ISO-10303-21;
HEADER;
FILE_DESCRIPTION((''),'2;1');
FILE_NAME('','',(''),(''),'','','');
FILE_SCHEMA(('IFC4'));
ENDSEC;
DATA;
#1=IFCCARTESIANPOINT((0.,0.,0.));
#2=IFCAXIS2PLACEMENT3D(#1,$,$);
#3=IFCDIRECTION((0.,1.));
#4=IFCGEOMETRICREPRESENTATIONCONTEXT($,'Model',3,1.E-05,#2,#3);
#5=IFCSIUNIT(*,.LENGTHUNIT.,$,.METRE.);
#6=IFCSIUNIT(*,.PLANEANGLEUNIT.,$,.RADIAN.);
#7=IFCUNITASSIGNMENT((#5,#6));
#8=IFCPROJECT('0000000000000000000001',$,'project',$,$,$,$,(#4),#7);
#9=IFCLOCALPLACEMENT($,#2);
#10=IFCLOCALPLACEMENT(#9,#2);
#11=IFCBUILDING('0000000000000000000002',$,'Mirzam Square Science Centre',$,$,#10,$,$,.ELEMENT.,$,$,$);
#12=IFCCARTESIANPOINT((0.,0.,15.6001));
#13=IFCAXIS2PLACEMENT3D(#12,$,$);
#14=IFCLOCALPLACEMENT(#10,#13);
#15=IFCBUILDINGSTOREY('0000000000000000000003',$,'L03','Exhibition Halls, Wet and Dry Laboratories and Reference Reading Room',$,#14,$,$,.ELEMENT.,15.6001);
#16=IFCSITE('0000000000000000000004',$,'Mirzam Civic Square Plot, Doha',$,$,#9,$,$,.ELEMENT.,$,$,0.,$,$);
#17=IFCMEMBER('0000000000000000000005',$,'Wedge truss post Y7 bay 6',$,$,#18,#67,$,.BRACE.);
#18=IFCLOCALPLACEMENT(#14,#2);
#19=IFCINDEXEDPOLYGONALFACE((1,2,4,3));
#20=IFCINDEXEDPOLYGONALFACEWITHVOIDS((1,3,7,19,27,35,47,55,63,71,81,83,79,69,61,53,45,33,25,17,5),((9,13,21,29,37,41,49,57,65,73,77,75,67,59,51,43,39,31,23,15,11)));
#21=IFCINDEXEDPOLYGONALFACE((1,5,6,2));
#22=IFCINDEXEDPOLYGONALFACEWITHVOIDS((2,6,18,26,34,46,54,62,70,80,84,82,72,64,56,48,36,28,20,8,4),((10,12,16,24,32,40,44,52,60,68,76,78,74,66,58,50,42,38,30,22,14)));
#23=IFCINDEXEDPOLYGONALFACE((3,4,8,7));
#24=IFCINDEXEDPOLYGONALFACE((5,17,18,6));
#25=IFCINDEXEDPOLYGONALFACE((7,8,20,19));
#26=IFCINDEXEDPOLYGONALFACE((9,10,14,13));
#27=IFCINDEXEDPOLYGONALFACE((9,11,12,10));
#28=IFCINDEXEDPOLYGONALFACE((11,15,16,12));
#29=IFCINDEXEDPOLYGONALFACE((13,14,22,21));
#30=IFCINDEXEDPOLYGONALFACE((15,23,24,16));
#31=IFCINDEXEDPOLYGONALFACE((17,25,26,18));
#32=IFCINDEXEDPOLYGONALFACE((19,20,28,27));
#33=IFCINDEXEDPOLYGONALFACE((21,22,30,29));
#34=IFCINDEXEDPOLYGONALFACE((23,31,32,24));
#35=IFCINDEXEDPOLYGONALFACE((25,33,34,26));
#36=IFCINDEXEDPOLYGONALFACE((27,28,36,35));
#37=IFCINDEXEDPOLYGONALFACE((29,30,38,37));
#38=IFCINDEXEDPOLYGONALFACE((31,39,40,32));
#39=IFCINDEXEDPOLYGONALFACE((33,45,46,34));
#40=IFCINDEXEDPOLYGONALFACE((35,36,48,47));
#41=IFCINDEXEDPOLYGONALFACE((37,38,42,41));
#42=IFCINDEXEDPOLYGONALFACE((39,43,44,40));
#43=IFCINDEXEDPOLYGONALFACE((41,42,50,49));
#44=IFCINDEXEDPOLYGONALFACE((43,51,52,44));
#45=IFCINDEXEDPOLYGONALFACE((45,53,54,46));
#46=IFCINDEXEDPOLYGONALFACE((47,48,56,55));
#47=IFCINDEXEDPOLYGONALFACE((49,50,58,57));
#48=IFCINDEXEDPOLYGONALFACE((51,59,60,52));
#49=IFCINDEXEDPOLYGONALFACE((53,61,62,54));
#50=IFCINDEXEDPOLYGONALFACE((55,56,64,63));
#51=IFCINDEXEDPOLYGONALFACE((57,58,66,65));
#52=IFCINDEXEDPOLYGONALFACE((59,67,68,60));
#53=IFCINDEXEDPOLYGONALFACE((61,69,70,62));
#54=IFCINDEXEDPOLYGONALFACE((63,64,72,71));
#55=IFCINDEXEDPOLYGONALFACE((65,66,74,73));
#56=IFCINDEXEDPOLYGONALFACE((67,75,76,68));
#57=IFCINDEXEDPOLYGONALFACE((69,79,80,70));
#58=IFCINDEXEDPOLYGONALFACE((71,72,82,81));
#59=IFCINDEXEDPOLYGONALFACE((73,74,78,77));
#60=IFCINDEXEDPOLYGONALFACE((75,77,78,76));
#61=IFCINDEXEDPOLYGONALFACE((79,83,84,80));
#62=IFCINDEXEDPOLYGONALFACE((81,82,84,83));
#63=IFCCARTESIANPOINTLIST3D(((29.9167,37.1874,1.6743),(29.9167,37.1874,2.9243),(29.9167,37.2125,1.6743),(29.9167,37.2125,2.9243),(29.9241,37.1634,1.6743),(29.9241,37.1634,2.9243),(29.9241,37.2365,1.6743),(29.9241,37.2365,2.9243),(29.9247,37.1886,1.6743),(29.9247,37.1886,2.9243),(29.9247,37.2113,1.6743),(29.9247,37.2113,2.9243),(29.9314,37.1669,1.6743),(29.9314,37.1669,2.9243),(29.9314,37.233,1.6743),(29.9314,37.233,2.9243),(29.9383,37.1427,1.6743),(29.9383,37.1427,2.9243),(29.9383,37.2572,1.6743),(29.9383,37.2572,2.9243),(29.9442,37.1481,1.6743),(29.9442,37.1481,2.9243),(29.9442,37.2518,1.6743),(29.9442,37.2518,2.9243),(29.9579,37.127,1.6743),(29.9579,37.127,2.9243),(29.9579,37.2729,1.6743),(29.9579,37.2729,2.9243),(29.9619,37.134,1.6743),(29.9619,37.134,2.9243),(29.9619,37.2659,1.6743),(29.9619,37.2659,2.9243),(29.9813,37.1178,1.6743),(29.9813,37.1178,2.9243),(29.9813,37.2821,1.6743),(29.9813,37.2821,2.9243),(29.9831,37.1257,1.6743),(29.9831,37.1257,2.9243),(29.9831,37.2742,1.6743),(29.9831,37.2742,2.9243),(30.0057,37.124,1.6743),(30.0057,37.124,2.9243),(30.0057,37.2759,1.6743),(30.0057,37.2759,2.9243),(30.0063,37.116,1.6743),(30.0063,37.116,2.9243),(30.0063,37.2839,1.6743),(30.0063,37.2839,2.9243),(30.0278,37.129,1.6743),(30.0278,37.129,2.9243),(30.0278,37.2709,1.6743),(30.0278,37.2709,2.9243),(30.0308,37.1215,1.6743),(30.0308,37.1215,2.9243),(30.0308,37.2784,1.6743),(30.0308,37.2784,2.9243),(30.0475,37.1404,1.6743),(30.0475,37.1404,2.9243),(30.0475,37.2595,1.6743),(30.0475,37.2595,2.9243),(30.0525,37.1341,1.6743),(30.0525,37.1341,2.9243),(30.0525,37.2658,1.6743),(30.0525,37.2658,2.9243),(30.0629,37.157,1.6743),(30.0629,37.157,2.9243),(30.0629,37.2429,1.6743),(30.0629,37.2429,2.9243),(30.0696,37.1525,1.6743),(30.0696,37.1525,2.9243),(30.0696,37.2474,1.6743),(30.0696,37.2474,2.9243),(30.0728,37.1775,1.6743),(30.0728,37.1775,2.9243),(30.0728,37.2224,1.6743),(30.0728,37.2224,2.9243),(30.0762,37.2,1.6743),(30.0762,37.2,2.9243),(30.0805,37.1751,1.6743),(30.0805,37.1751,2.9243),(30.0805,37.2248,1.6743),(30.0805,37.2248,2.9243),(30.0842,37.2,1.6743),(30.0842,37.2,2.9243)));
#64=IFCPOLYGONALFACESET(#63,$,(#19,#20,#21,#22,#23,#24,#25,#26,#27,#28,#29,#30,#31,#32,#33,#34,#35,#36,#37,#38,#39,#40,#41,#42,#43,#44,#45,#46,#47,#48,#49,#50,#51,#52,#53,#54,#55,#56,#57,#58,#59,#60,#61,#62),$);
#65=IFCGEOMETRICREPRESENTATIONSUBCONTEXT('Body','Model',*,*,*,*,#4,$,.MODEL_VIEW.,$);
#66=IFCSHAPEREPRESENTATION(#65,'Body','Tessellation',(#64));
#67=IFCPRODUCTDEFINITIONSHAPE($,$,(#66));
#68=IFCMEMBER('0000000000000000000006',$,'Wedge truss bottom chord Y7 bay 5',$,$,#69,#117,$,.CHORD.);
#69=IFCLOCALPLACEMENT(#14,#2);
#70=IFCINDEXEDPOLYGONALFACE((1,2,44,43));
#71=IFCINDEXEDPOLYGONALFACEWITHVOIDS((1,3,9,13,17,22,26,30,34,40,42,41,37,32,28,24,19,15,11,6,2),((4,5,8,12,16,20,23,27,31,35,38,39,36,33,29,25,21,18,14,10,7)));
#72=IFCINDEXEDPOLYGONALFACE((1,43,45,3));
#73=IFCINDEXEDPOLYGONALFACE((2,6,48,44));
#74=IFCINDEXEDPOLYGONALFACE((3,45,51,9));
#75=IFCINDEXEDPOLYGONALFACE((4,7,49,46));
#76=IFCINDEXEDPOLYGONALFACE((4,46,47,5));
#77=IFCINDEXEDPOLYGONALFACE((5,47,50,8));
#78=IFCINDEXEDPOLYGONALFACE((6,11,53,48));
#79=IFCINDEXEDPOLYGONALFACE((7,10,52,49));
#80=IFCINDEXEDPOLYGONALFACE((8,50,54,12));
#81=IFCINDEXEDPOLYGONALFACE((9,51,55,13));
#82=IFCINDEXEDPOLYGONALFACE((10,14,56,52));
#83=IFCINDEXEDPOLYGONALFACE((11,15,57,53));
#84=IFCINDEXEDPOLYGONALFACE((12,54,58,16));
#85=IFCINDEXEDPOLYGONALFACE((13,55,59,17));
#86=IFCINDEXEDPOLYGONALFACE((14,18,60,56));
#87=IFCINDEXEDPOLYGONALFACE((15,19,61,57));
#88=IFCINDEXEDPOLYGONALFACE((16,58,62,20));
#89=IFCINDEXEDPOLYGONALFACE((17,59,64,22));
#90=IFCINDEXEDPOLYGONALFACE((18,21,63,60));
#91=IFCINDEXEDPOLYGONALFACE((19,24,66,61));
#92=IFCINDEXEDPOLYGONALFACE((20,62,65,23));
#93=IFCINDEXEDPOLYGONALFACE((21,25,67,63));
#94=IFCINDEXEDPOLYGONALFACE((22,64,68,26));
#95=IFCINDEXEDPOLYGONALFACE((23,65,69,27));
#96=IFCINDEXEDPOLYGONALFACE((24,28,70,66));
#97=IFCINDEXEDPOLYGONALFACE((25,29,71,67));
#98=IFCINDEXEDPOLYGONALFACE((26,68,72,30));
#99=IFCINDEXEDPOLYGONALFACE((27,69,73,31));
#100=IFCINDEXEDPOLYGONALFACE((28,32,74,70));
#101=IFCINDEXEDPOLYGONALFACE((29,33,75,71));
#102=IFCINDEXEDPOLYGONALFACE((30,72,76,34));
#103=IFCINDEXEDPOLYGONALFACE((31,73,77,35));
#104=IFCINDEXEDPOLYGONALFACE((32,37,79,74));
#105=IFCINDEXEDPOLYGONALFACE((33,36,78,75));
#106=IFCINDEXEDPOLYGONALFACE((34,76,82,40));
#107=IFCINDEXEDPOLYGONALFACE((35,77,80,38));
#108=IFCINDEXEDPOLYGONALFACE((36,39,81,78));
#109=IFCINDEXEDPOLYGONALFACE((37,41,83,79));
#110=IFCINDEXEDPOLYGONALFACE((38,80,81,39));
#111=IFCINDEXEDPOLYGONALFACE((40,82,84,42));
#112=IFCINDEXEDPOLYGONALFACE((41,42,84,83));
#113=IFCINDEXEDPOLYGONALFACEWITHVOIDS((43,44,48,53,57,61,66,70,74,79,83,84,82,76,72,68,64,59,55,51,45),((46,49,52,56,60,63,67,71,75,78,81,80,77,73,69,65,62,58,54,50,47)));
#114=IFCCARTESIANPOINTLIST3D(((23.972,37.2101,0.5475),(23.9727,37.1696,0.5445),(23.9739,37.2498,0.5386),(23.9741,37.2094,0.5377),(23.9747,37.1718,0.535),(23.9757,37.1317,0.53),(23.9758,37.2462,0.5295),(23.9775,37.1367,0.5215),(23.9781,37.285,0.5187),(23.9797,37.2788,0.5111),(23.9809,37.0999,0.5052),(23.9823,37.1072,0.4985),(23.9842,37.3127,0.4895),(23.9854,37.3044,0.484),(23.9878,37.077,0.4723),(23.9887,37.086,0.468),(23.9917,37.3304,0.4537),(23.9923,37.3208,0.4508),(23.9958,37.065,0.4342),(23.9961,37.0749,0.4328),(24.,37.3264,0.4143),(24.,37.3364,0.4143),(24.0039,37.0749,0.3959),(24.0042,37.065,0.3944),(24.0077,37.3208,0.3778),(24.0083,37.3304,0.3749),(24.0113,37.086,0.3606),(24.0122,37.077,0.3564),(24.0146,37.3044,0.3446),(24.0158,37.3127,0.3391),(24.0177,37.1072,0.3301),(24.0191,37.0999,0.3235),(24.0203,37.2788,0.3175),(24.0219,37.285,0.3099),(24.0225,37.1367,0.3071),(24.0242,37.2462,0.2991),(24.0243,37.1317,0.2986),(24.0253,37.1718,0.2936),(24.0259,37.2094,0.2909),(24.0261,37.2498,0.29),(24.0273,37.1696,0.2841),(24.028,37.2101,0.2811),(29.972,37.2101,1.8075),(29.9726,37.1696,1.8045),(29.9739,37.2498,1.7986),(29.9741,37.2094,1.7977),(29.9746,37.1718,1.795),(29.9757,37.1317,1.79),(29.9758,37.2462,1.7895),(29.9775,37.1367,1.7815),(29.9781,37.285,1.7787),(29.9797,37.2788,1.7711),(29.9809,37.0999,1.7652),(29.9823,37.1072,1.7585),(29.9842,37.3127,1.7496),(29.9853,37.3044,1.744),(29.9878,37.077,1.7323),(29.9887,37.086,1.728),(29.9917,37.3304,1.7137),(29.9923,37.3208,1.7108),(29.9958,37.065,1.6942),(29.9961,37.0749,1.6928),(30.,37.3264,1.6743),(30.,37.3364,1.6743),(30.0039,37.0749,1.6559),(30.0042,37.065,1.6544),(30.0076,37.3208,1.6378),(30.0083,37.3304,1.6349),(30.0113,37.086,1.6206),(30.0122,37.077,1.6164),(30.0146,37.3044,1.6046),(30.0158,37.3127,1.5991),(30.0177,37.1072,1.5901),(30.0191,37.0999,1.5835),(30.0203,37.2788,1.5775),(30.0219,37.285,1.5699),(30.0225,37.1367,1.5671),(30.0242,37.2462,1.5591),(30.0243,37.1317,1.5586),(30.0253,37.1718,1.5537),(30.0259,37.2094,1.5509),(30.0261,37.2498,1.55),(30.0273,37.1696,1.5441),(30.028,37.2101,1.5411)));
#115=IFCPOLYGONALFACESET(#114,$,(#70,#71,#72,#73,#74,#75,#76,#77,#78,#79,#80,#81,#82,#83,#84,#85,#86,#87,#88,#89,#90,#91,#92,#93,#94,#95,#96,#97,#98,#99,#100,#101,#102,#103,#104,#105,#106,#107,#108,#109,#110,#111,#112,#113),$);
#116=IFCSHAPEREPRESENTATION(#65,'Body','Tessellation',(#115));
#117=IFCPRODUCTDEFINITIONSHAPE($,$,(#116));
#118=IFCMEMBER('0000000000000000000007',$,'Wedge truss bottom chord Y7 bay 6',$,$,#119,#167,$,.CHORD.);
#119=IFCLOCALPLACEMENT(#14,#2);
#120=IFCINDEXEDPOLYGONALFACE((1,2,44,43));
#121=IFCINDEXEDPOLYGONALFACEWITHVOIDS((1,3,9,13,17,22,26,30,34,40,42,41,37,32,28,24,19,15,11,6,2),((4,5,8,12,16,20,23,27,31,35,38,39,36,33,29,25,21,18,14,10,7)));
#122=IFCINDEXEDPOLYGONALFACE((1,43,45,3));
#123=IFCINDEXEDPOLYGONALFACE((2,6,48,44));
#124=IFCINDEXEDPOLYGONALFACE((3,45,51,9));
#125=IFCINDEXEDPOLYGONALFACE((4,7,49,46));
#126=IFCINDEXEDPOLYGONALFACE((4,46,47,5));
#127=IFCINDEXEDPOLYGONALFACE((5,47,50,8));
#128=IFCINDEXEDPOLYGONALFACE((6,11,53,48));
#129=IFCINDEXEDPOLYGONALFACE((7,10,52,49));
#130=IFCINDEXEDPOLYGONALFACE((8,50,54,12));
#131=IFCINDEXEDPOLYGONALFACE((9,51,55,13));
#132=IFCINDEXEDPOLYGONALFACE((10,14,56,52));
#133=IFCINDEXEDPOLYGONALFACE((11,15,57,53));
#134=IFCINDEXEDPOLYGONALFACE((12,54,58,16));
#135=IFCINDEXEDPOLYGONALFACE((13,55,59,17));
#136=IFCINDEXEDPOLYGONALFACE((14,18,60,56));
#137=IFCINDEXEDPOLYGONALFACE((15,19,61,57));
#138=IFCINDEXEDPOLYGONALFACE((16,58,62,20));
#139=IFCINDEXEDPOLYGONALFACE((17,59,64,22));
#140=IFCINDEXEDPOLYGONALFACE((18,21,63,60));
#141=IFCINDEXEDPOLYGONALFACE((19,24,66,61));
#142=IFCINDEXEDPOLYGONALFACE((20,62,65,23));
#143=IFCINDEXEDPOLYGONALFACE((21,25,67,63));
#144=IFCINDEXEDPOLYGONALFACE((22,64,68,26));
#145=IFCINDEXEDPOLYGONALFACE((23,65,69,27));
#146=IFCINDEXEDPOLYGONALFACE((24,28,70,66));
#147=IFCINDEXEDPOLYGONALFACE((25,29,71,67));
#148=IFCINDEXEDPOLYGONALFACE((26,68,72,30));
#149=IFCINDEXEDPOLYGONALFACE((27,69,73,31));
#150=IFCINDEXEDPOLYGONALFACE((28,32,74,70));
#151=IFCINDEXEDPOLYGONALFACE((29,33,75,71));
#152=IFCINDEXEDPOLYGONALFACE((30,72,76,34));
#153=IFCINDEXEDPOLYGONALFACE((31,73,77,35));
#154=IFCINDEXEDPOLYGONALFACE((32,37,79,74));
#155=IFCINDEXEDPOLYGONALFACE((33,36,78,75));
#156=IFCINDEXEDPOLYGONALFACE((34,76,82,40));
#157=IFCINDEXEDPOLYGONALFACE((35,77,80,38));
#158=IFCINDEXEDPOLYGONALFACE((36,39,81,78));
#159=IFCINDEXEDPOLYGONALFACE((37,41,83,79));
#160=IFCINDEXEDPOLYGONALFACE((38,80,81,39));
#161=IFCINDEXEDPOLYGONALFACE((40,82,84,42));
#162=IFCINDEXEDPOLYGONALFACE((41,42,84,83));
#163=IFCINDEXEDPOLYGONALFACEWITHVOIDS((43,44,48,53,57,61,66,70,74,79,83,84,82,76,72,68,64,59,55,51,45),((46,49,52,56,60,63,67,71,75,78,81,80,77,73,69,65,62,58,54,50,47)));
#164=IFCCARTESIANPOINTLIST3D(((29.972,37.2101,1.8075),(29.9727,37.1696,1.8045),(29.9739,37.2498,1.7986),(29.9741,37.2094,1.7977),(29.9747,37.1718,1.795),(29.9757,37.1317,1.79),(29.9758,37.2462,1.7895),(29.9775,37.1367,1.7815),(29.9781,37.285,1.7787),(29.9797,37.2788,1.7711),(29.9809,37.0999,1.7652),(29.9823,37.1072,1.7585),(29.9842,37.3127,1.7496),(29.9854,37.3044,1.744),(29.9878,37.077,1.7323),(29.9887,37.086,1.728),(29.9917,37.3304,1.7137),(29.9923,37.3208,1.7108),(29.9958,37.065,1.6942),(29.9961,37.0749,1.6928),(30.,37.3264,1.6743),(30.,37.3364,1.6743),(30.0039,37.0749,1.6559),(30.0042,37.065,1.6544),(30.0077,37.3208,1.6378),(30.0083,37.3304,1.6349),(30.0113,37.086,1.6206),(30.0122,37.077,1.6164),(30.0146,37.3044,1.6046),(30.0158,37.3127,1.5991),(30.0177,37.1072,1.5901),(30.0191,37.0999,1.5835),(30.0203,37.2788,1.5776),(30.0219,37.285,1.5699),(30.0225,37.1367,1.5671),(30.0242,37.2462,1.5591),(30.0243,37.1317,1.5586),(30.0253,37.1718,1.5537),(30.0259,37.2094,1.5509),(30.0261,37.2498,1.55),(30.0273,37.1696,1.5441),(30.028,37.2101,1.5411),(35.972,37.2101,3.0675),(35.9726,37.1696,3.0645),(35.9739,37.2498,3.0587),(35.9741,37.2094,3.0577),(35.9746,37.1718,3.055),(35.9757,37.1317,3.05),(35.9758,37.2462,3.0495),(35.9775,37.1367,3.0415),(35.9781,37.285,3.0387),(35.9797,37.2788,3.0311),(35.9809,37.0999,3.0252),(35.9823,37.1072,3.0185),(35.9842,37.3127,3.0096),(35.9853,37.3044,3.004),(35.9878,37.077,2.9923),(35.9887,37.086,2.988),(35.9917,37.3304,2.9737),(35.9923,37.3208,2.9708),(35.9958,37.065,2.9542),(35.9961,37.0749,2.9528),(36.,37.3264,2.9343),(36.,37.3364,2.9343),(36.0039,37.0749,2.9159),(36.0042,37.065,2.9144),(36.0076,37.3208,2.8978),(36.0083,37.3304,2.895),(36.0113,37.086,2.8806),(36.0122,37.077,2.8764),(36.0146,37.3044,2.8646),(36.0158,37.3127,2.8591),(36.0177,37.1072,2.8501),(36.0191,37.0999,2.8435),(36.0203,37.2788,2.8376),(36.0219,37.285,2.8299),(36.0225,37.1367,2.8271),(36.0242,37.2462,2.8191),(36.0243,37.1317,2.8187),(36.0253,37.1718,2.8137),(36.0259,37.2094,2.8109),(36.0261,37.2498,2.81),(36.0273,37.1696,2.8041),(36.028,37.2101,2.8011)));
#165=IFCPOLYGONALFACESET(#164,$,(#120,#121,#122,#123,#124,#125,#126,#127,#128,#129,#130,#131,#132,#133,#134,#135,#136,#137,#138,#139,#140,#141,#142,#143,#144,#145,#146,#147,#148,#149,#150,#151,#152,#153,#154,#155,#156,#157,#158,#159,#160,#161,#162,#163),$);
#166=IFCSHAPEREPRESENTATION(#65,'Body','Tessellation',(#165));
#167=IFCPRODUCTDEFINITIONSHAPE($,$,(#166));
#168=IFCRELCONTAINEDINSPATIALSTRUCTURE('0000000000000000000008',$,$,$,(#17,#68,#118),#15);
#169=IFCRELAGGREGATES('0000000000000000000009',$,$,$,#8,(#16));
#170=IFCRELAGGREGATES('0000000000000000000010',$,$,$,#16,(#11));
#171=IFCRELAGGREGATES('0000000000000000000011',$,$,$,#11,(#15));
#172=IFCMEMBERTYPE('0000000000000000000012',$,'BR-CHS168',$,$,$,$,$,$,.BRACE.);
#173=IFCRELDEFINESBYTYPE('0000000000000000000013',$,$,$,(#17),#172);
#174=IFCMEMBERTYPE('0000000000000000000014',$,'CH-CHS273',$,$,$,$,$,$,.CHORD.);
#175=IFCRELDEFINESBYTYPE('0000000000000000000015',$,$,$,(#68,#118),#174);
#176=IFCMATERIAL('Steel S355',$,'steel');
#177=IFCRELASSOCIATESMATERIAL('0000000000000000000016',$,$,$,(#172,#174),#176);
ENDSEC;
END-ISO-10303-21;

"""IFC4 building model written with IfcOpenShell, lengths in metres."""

from ifc_helpers import new_model, si_unit, direction, frame, origin, origin_2d, place, context, subcontext, project, spatial, hollow_circle, extrude, material, material_profile, profile_set, type_object, element, save


model = new_model("IFC4")

# Units and contexts
model_context = context("Model", 3, precision=1e-05, world=origin(), true_north=direction((0.0, 1.0)))
body_context = subcontext(model_context, "Body", "Model", "MODEL_VIEW")
ifc_project = project(units=[si_unit("LENGTHUNIT", "METRE"), si_unit("PLANEANGLEUNIT", "RADIAN")], contexts=[model_context])

# Site, building, storey
site_placement = place(None, origin())
site = spatial("IfcSite", under=ifc_project, at=site_placement, Name="Mirzam Civic Square Plot, Doha", CompositionType="ELEMENT", RefElevation=0.0)
building_placement = place(site_placement, origin())
building = spatial("IfcBuilding", under=site, at=building_placement, Name="Mirzam Square Science Centre", CompositionType="ELEMENT")
storey_placement = place(building_placement, frame((0.0, 0.0, 15.6001)))
storey = spatial("IfcBuildingStorey", under=building, at=storey_placement, Name="L03", Description="Exhibition Halls, Wet and Dry Laboratories and Reference Reading Room", CompositionType="ELEMENT", Elevation=15.6001)

# Shared definitions
ifc_material_1 = material(Name="Steel S355", Category="steel")

# Members
ifc_material_profile_1 = material_profile(ifc_material_1, hollow_circle(Radius=0.0842, WallThickness=0.0081, at=origin_2d()), Name="168.3x8.0CHS")
ifc_profile_set_1 = profile_set([ifc_material_profile_1], Name="Steel S355")
member_type_1 = type_object("IfcMemberType", Name="BR-CHS168", PredefinedType="BRACE", material=ifc_profile_set_1)
member_1_placement = place(storey_placement, frame((30.0, 37.2, 1.6743), z_axis=(0.0, 0.0, 1.0), x_axis=(1.0, 0.0, 0.0)))
element("IfcMember", 1, at=member_1_placement, inside=storey, type_object=member_type_1, Name="Wedge truss post Y7 bay 6", PredefinedType="BRACE", context=body_context, shape_type="SweptSolid", body=[
    extrude(hollow_circle(Radius=0.0842, WallThickness=0.0081, at=origin_2d()), origin(), (0.0, 0.0, 1.0), 1.25),
])
ifc_material_profile_2 = material_profile(ifc_material_1, hollow_circle(Radius=0.1365, WallThickness=0.01, at=origin_2d()), Name="273.0x10.0CHS")
ifc_profile_set_2 = profile_set([ifc_material_profile_2], Name="Steel S355")
member_type_2 = type_object("IfcMemberType", Name="CH-CHS273", PredefinedType="CHORD", material=ifc_profile_set_2)
for number, where, z_axis, x_axis, name in (
    (2, (24.0, 37.2, 0.4143), (0.978653, 0.0, 0.205519), (0.0, 1.0, 0.0), "Wedge truss bottom chord Y7 bay 5"),
    (3, (30.0, 37.2, 1.6743), (0.978653, 0.0, 0.205519), (0.0, 1.0, 0.0), "Wedge truss bottom chord Y7 bay 6"),
):
    element("IfcMember", number, at=place(storey_placement, frame(where, z_axis=z_axis, x_axis=x_axis)), inside=storey, type_object=member_type_2, Name=name, PredefinedType="CHORD", context=body_context, shape_type="SweptSolid", body=[
        extrude(hollow_circle(Radius=0.1365, WallThickness=0.01, at=origin_2d()), origin(), (0.0, 0.0, 1.0), 6.1309),
    ])

save(model, "model.ifc")
